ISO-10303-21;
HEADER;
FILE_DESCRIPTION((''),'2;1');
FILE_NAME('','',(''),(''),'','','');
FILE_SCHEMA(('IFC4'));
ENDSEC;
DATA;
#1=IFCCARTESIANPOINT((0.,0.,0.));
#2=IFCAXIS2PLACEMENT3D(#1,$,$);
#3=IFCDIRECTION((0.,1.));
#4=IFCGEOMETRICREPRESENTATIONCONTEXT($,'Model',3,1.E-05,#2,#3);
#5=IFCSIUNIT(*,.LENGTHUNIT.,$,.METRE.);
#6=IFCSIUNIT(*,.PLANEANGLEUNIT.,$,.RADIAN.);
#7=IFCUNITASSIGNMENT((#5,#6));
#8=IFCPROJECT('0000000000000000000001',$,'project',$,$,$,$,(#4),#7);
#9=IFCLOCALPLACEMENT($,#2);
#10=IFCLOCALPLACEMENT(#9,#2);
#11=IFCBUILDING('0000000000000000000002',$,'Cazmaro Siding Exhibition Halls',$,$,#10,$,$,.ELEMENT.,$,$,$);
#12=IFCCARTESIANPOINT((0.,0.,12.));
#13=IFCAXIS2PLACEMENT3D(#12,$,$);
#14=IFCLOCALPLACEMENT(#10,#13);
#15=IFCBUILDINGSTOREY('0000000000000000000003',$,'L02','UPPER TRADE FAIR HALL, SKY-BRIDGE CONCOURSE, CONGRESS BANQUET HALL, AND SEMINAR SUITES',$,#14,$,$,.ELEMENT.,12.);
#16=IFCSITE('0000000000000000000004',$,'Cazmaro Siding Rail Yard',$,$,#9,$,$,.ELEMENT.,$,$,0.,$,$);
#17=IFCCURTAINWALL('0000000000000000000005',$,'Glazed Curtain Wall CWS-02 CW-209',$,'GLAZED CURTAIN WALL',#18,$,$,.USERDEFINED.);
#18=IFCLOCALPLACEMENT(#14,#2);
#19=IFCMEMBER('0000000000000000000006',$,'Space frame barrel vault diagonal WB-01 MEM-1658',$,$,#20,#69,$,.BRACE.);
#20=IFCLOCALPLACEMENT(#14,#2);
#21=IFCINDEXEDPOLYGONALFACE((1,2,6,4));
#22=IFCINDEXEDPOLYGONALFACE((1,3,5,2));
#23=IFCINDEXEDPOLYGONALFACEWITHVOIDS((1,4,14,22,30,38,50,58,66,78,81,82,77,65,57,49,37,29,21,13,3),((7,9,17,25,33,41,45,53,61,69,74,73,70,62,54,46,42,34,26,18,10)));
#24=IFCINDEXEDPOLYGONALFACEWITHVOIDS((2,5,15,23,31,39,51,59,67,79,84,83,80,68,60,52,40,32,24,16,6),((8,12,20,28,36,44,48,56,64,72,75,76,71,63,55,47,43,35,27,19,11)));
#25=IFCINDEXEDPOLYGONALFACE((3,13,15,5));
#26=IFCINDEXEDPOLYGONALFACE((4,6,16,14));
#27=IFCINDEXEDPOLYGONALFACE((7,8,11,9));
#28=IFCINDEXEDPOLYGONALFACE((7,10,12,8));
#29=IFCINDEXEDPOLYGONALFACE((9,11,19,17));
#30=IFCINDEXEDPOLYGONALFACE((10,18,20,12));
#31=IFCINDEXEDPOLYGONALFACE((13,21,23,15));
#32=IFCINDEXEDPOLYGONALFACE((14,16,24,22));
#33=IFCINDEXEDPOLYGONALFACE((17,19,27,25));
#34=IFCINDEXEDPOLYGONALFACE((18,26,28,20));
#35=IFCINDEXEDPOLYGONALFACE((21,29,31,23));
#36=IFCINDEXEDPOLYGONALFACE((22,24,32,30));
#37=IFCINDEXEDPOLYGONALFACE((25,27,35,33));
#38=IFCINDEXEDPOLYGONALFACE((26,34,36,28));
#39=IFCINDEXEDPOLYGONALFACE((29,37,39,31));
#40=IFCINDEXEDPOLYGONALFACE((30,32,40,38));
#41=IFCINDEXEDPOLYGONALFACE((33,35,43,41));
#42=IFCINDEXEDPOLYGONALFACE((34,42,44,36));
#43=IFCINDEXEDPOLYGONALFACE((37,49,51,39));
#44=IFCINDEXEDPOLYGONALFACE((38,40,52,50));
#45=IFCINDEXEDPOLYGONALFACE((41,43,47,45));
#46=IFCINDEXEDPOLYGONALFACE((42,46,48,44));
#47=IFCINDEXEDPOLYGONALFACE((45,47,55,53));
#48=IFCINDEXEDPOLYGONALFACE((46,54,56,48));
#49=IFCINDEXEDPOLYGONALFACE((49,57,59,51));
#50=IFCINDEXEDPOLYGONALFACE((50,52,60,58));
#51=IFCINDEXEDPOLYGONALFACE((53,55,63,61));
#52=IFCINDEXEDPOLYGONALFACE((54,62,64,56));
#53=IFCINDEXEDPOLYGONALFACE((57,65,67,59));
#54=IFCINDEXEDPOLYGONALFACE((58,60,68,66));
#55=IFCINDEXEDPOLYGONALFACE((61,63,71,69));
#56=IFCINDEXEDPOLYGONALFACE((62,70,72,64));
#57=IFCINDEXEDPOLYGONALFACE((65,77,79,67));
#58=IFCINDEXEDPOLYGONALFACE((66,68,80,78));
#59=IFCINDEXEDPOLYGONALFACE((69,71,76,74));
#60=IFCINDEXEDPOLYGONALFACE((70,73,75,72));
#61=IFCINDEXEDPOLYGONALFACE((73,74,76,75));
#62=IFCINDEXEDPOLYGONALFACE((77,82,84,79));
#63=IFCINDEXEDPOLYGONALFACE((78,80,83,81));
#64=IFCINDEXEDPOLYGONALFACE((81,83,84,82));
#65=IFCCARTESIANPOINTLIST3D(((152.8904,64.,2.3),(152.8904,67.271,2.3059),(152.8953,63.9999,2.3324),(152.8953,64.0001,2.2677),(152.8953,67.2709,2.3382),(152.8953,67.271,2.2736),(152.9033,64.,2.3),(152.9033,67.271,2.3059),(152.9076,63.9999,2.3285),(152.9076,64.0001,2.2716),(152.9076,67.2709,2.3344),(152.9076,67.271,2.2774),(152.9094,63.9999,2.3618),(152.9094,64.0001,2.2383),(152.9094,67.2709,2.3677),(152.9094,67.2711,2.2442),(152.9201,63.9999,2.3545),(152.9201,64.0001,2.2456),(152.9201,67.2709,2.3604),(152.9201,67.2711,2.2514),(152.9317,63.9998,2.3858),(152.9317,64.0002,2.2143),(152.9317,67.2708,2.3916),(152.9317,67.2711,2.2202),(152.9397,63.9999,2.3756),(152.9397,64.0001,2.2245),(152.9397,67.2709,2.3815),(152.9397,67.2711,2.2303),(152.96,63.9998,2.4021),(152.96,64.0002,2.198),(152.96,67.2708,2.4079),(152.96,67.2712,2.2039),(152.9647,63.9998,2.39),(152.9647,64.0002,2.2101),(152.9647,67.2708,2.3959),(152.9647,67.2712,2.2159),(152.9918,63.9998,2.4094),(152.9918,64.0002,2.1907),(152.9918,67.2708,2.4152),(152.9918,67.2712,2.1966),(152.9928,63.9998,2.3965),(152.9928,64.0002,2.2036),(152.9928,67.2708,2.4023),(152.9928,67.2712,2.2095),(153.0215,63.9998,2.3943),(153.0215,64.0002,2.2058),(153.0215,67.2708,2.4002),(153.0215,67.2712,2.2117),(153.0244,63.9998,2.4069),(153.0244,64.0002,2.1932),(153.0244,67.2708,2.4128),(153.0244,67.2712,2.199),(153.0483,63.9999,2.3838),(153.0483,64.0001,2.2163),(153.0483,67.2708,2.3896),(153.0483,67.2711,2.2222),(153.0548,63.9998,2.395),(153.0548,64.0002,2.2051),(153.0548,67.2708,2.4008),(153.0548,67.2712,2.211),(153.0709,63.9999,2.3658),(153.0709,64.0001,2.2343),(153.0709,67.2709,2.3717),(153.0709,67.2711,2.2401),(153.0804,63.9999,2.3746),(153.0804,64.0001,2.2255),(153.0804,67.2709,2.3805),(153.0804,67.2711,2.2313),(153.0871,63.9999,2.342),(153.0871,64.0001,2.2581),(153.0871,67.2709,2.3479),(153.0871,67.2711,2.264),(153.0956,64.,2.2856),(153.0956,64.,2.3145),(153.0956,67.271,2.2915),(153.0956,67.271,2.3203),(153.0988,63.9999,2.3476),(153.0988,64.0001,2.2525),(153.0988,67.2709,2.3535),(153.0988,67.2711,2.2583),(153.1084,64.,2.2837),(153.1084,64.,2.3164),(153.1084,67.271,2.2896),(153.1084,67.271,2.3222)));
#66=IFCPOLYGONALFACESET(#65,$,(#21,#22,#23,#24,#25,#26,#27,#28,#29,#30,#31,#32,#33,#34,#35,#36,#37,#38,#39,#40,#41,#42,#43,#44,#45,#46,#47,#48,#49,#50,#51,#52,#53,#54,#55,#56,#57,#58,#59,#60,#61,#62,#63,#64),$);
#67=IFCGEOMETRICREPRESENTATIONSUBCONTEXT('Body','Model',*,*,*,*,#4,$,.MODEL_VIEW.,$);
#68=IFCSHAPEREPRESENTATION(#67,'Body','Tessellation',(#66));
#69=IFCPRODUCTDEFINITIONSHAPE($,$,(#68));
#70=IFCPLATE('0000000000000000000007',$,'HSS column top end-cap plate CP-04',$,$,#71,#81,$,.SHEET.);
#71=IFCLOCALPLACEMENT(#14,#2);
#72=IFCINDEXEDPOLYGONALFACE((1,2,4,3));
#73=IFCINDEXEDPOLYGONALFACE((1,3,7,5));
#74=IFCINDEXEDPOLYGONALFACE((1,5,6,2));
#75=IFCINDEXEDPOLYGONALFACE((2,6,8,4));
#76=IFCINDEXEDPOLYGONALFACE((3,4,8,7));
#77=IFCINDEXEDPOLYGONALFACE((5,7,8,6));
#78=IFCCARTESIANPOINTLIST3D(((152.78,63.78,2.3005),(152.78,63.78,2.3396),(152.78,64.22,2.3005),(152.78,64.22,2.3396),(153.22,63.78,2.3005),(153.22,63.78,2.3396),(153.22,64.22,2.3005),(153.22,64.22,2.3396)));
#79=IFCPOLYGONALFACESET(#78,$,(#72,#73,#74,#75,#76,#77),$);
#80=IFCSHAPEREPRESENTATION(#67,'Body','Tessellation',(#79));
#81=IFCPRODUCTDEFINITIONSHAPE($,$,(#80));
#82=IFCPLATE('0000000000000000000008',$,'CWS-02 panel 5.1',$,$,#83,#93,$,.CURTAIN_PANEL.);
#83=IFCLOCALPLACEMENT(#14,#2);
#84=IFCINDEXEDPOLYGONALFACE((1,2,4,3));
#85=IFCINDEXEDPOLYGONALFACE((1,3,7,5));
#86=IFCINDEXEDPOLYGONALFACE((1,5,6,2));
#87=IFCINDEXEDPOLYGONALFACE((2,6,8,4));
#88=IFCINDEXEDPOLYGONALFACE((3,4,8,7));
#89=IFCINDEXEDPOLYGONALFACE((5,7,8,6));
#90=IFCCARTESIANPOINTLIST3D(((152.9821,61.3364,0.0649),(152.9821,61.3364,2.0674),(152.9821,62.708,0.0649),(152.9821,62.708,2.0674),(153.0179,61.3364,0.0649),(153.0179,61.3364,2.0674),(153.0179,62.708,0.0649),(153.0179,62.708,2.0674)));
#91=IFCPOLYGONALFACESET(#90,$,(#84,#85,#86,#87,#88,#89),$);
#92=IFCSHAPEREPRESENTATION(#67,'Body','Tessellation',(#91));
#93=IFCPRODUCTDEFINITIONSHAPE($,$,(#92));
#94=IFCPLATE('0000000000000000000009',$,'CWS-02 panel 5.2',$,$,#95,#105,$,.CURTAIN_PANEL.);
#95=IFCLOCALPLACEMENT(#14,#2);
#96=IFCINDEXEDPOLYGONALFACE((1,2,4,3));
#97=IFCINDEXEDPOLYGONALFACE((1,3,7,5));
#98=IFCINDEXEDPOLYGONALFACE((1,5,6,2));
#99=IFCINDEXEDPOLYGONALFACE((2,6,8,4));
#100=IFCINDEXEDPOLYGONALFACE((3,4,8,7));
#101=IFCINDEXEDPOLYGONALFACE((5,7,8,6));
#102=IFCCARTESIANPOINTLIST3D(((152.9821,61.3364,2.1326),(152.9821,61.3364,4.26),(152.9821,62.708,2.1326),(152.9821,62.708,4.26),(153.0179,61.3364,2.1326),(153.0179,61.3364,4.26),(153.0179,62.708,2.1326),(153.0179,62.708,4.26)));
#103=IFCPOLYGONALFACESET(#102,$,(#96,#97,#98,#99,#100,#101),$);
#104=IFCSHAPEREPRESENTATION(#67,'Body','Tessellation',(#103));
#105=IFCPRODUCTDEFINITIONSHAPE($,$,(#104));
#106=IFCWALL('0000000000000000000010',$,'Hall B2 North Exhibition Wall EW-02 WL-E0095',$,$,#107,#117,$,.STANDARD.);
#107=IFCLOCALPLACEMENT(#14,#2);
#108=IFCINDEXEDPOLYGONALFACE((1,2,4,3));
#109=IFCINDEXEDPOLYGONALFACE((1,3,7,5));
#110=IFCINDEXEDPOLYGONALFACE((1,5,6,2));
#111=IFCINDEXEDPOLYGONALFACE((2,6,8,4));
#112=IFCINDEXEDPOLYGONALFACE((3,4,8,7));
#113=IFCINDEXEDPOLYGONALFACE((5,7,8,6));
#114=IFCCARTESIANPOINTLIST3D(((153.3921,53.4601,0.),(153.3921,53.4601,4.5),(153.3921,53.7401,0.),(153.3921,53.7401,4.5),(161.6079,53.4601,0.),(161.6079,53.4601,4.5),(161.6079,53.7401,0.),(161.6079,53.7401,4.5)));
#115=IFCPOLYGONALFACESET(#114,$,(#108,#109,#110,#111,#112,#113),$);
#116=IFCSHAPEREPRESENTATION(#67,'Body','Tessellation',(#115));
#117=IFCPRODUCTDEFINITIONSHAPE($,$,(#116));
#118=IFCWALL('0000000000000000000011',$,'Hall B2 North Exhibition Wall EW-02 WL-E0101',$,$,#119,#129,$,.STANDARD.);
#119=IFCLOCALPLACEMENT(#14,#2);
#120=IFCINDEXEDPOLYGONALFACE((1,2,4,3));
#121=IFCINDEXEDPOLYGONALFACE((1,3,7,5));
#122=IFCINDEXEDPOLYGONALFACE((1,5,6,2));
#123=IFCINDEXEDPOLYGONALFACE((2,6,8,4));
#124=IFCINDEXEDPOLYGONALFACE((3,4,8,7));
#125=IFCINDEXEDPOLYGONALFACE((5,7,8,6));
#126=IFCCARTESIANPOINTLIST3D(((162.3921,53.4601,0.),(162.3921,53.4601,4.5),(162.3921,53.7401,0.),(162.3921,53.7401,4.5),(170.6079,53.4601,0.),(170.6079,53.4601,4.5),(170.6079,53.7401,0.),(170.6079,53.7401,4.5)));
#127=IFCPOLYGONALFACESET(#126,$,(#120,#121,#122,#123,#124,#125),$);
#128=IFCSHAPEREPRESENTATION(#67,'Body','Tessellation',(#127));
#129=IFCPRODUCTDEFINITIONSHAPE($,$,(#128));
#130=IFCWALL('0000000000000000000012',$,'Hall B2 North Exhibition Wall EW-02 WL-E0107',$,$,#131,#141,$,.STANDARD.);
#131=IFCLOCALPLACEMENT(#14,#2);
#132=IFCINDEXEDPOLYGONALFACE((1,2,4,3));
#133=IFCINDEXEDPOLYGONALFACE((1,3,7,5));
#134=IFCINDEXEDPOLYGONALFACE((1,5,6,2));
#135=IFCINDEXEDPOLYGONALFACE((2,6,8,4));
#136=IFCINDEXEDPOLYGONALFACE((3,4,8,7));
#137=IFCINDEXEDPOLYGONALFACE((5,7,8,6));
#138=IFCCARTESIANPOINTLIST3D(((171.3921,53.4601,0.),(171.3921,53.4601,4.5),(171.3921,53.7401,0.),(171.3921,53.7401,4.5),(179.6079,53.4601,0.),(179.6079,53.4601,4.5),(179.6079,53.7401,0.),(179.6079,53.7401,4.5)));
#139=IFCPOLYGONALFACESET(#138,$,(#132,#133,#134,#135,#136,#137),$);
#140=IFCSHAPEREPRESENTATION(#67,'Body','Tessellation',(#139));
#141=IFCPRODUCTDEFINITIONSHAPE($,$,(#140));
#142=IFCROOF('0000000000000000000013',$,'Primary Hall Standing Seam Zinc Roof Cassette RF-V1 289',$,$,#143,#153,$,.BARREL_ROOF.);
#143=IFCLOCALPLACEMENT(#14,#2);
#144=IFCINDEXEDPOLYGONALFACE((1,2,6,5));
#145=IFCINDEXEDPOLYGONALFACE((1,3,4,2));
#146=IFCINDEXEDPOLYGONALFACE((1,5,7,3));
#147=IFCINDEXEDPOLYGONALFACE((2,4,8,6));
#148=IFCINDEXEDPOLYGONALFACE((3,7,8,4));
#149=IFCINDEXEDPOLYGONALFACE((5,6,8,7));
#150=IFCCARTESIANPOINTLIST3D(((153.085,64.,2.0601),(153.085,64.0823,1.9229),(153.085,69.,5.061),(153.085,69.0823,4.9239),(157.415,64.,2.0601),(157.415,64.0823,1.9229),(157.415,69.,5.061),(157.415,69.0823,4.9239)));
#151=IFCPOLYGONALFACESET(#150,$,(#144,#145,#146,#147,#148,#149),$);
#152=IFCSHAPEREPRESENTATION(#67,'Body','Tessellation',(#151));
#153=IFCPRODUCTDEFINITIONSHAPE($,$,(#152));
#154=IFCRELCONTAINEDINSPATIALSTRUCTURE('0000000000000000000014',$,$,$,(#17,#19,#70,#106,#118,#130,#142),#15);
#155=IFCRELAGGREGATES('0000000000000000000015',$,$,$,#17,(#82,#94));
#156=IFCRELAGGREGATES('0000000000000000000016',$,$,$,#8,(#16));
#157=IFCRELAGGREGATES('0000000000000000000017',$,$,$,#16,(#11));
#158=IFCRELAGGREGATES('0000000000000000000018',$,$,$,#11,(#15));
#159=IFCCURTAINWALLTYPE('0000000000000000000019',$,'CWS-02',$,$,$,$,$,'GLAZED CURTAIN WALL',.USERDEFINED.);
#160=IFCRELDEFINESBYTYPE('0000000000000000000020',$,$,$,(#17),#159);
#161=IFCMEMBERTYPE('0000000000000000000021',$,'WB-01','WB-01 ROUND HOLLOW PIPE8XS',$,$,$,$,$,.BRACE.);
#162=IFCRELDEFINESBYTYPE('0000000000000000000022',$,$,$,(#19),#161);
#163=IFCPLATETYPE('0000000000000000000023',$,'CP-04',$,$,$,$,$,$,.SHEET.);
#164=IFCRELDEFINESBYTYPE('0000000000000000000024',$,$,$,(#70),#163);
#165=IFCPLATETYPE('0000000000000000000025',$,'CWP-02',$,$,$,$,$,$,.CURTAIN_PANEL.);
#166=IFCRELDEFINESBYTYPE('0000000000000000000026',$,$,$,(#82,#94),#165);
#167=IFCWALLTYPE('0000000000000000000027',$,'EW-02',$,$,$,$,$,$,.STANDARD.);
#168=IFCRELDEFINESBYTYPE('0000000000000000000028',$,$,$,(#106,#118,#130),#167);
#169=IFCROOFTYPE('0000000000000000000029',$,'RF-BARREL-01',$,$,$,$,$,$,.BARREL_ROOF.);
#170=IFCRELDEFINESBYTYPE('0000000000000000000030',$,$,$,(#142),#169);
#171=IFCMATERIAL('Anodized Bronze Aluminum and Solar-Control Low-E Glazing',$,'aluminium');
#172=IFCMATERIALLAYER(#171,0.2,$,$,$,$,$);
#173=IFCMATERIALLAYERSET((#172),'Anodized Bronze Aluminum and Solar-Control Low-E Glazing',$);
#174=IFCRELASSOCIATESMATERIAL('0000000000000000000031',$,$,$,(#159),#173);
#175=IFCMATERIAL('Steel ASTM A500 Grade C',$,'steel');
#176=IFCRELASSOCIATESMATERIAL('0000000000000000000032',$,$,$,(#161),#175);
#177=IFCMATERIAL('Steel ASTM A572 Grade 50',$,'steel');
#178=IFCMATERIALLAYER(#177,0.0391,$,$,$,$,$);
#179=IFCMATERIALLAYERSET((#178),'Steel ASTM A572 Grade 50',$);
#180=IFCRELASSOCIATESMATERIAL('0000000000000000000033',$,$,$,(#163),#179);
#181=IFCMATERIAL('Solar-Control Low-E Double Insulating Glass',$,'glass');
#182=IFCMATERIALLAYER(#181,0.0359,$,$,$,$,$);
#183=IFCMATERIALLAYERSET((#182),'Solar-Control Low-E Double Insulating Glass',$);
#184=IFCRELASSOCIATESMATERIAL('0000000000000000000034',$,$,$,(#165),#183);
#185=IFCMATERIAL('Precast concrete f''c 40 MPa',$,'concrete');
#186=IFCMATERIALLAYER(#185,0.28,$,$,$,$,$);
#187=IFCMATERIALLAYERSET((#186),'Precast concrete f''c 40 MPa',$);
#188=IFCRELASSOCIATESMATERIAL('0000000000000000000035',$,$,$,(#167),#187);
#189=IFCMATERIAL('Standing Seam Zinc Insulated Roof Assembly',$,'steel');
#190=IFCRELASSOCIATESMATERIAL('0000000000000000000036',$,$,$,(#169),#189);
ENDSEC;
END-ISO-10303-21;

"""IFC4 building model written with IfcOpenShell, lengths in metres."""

from ifc_helpers import new_model, si_unit, direction, frame, frame_2d, origin, origin_2d, place, context, subcontext, project, spatial, polyline, rectangle, hollow_circle, outline, extrude, material, layer, layer_set, material_profile, profile_set, type_object, element, aggregate, save


model = new_model("IFC4")

# Units and contexts
model_context = context("Model", 3, precision=1e-05, world=origin(), true_north=direction((0.0, 1.0)))
body_context = subcontext(model_context, "Body", "Model", "MODEL_VIEW")
ifc_project = project(units=[si_unit("LENGTHUNIT", "METRE"), si_unit("PLANEANGLEUNIT", "RADIAN")], contexts=[model_context])

# Site, building, storey
site_placement = place(None, origin())
site = spatial("IfcSite", under=ifc_project, at=site_placement, Name="Cazmaro Siding Rail Yard", CompositionType="ELEMENT", RefElevation=0.0)
building_placement = place(site_placement, origin())
building = spatial("IfcBuilding", under=site, at=building_placement, Name="Cazmaro Siding Exhibition Halls", CompositionType="ELEMENT")
storey_placement = place(building_placement, frame((0.0, 0.0, 12.0)))
storey = spatial("IfcBuildingStorey", under=building, at=storey_placement, Name="L02", Description="UPPER TRADE FAIR HALL, SKY-BRIDGE CONCOURSE, CONGRESS BANQUET HALL, AND SEMINAR SUITES", CompositionType="ELEMENT", Elevation=12.0)

# Curtain wall
ifc_material_1 = material(Name="Anodized Bronze Aluminum and Solar-Control Low-E Glazing", Category="aluminium")
ifc_layer_1 = layer(ifc_material_1, 0.2)
ifc_layer_set_1 = layer_set([ifc_layer_1], Name="Anodized Bronze Aluminum and Solar-Control Low-E Glazing")
curtain_wall_type = type_object("IfcCurtainWallType", Name="CWS-02", ElementType="GLAZED CURTAIN WALL", PredefinedType="USERDEFINED", material=ifc_layer_set_1)
curtain_wall_placement = place(storey_placement, origin())
curtain_wall = element("IfcCurtainWall", 1, at=curtain_wall_placement, inside=storey, type_object=curtain_wall_type, Name="Glazed Curtain Wall CWS-02 CW-209", ObjectType="GLAZED CURTAIN WALL", PredefinedType="USERDEFINED")

# Member
ifc_material_2 = material(Name="Steel ASTM A500 Grade C", Category="steel")
ifc_material_profile_1 = material_profile(ifc_material_2, hollow_circle(Radius=0.1096, WallThickness=0.0129, at=origin_2d()), Name="PIPE8XS")
ifc_profile_set_1 = profile_set([ifc_material_profile_1], Name="Steel ASTM A500 Grade C")
member_type_1 = type_object("IfcMemberType", Name="WB-01", Description="WB-01 ROUND HOLLOW PIPE8XS", PredefinedType="BRACE", material=ifc_profile_set_1)
member_1_placement = place(storey_placement, frame((153.0, 64.0, 2.3), z_axis=(0.0, 0.999998, 0.001791), x_axis=(-1.0, 0.0, 0.0)))
element("IfcMember", 2, at=member_1_placement, inside=storey, type_object=member_type_1, Name="Space frame barrel vault diagonal WB-01 MEM-1658", PredefinedType="BRACE", context=body_context, shape_type="SweptSolid", body=[
    extrude(hollow_circle(Radius=0.1096, WallThickness=0.0129, at=origin_2d()), origin(), (0.0, 0.0, 1.0), 3.271),
])

# Plates
ifc_material_3 = material(Name="Steel ASTM A572 Grade 50", Category="steel")
ifc_layer_2 = layer(ifc_material_3, 0.0391)
ifc_layer_set_2 = layer_set([ifc_layer_2], Name="Steel ASTM A572 Grade 50")
plate_type_1 = type_object("IfcPlateType", Name="CP-04", PredefinedType="SHEET", material=ifc_layer_set_2)
plate_1_placement = place(storey_placement, frame((153.0, 64.0, 2.3005), z_axis=(0.0, 0.0, 1.0), x_axis=(1.0, 0.0, 0.0)))
element("IfcPlate", 3, at=plate_1_placement, inside=storey, type_object=plate_type_1, Name="HSS column top end-cap plate CP-04", PredefinedType="SHEET", context=body_context, shape_type="SweptSolid", body=[
    extrude(rectangle(XDim=0.4399, YDim=0.4399, at=origin_2d()), origin(), (0.0, 0.0, 1.0), 0.0391),
])
ifc_material_4 = material(Name="Solar-Control Low-E Double Insulating Glass", Category="glass")
ifc_layer_3 = layer(ifc_material_4, 0.0359)
ifc_layer_set_3 = layer_set([ifc_layer_3], Name="Solar-Control Low-E Double Insulating Glass")
plate_type_2 = type_object("IfcPlateType", Name="CWP-02", PredefinedType="CURTAIN_PANEL", material=ifc_layer_set_3)
plate_2_placement = place(storey_placement, frame((153.0, 62.0222, 0.0649), z_axis=(0.0, 0.0, 1.0), x_axis=(0.0, 1.0, 0.0)))
plate_2 = element("IfcPlate", 4, at=plate_2_placement, type_object=plate_type_2, Name="CWS-02 panel 5.1", PredefinedType="CURTAIN_PANEL", context=body_context, shape_type="SweptSolid", body=[
    extrude(rectangle(XDim=1.3716, YDim=0.0359, at=origin_2d()), origin(), (0.0, 0.0, 1.0), 2.0024),
])
plate_3_placement = place(storey_placement, frame((153.0, 62.0222, 2.1326), z_axis=(0.0, 0.0, 1.0), x_axis=(0.0, 1.0, 0.0)))
plate_3 = element("IfcPlate", 5, at=plate_3_placement, type_object=plate_type_2, Name="CWS-02 panel 5.2", PredefinedType="CURTAIN_PANEL", context=body_context, shape_type="SweptSolid", body=[
    extrude(rectangle(XDim=1.3716, YDim=0.0359, at=origin_2d()), origin(), (0.0, 0.0, 1.0), 2.1274),
])
aggregate(curtain_wall, [plate_2, plate_3])

# Walls
ifc_material_5 = material(Name="Precast concrete f'c 40 MPa", Category="concrete")
ifc_layer_4 = layer(ifc_material_5, 0.28)
ifc_layer_set_4 = layer_set([ifc_layer_4], Name="Precast concrete f'c 40 MPa")
wall_type = type_object("IfcWallType", Name="EW-02", PredefinedType="STANDARD", material=ifc_layer_set_4)
for number, where, z_axis, x_axis, name in (
    (6, (153.3921, 53.6001, 0.0), (0.0, 0.0, 1.0), (1.0, 0.0, 0.0), "Hall B2 North Exhibition Wall EW-02 WL-E0095"),
    (7, (162.3921, 53.6001, 0.0), (0.0, 0.0, 1.0), (1.0, 0.0, 0.0), "Hall B2 North Exhibition Wall EW-02 WL-E0101"),
    (8, (171.3921, 53.6001, 0.0), (0.0, 0.0, 1.0), (1.0, 0.0, 0.0), "Hall B2 North Exhibition Wall EW-02 WL-E0107"),
):
    element("IfcWall", number, at=place(storey_placement, frame(where, z_axis=z_axis, x_axis=x_axis)), inside=storey, type_object=wall_type, Name=name, PredefinedType="STANDARD", context=body_context, shape_type="SweptSolid", body=[
        extrude(rectangle(XDim=8.2158, YDim=0.28, at=frame_2d((4.1079, 0.0))), origin(), (0.0, 0.0, 1.0), 4.5),
    ])

# Roof
ifc_material_6 = material(Name="Standing Seam Zinc Insulated Roof Assembly", Category="steel")
roof_type = type_object("IfcRoofType", Name="RF-BARREL-01", PredefinedType="BARREL_ROOF", material=ifc_material_6)
roof_placement = place(storey_placement, frame((153.085, 64.0, 2.0601), z_axis=(0.0, -0.514619, 0.857419), x_axis=(1.0, 0.0, 0.0)))
element("IfcRoof", 9, at=roof_placement, inside=storey, type_object=roof_type, Name="Primary Hall Standing Seam Zinc Roof Cassette RF-V1 289", PredefinedType="BARREL_ROOF", context=body_context, shape_type="SweptSolid", body=[
    extrude(outline(polyline([(0.0, 0.0), (4.3301, 0.0), (4.3301, 5.8315), (0.0, 5.8315), (0.0, 0.0)])), origin(), (0.0, 0.0, -1.0), 0.1599),
])

save(model, "model.ifc")
